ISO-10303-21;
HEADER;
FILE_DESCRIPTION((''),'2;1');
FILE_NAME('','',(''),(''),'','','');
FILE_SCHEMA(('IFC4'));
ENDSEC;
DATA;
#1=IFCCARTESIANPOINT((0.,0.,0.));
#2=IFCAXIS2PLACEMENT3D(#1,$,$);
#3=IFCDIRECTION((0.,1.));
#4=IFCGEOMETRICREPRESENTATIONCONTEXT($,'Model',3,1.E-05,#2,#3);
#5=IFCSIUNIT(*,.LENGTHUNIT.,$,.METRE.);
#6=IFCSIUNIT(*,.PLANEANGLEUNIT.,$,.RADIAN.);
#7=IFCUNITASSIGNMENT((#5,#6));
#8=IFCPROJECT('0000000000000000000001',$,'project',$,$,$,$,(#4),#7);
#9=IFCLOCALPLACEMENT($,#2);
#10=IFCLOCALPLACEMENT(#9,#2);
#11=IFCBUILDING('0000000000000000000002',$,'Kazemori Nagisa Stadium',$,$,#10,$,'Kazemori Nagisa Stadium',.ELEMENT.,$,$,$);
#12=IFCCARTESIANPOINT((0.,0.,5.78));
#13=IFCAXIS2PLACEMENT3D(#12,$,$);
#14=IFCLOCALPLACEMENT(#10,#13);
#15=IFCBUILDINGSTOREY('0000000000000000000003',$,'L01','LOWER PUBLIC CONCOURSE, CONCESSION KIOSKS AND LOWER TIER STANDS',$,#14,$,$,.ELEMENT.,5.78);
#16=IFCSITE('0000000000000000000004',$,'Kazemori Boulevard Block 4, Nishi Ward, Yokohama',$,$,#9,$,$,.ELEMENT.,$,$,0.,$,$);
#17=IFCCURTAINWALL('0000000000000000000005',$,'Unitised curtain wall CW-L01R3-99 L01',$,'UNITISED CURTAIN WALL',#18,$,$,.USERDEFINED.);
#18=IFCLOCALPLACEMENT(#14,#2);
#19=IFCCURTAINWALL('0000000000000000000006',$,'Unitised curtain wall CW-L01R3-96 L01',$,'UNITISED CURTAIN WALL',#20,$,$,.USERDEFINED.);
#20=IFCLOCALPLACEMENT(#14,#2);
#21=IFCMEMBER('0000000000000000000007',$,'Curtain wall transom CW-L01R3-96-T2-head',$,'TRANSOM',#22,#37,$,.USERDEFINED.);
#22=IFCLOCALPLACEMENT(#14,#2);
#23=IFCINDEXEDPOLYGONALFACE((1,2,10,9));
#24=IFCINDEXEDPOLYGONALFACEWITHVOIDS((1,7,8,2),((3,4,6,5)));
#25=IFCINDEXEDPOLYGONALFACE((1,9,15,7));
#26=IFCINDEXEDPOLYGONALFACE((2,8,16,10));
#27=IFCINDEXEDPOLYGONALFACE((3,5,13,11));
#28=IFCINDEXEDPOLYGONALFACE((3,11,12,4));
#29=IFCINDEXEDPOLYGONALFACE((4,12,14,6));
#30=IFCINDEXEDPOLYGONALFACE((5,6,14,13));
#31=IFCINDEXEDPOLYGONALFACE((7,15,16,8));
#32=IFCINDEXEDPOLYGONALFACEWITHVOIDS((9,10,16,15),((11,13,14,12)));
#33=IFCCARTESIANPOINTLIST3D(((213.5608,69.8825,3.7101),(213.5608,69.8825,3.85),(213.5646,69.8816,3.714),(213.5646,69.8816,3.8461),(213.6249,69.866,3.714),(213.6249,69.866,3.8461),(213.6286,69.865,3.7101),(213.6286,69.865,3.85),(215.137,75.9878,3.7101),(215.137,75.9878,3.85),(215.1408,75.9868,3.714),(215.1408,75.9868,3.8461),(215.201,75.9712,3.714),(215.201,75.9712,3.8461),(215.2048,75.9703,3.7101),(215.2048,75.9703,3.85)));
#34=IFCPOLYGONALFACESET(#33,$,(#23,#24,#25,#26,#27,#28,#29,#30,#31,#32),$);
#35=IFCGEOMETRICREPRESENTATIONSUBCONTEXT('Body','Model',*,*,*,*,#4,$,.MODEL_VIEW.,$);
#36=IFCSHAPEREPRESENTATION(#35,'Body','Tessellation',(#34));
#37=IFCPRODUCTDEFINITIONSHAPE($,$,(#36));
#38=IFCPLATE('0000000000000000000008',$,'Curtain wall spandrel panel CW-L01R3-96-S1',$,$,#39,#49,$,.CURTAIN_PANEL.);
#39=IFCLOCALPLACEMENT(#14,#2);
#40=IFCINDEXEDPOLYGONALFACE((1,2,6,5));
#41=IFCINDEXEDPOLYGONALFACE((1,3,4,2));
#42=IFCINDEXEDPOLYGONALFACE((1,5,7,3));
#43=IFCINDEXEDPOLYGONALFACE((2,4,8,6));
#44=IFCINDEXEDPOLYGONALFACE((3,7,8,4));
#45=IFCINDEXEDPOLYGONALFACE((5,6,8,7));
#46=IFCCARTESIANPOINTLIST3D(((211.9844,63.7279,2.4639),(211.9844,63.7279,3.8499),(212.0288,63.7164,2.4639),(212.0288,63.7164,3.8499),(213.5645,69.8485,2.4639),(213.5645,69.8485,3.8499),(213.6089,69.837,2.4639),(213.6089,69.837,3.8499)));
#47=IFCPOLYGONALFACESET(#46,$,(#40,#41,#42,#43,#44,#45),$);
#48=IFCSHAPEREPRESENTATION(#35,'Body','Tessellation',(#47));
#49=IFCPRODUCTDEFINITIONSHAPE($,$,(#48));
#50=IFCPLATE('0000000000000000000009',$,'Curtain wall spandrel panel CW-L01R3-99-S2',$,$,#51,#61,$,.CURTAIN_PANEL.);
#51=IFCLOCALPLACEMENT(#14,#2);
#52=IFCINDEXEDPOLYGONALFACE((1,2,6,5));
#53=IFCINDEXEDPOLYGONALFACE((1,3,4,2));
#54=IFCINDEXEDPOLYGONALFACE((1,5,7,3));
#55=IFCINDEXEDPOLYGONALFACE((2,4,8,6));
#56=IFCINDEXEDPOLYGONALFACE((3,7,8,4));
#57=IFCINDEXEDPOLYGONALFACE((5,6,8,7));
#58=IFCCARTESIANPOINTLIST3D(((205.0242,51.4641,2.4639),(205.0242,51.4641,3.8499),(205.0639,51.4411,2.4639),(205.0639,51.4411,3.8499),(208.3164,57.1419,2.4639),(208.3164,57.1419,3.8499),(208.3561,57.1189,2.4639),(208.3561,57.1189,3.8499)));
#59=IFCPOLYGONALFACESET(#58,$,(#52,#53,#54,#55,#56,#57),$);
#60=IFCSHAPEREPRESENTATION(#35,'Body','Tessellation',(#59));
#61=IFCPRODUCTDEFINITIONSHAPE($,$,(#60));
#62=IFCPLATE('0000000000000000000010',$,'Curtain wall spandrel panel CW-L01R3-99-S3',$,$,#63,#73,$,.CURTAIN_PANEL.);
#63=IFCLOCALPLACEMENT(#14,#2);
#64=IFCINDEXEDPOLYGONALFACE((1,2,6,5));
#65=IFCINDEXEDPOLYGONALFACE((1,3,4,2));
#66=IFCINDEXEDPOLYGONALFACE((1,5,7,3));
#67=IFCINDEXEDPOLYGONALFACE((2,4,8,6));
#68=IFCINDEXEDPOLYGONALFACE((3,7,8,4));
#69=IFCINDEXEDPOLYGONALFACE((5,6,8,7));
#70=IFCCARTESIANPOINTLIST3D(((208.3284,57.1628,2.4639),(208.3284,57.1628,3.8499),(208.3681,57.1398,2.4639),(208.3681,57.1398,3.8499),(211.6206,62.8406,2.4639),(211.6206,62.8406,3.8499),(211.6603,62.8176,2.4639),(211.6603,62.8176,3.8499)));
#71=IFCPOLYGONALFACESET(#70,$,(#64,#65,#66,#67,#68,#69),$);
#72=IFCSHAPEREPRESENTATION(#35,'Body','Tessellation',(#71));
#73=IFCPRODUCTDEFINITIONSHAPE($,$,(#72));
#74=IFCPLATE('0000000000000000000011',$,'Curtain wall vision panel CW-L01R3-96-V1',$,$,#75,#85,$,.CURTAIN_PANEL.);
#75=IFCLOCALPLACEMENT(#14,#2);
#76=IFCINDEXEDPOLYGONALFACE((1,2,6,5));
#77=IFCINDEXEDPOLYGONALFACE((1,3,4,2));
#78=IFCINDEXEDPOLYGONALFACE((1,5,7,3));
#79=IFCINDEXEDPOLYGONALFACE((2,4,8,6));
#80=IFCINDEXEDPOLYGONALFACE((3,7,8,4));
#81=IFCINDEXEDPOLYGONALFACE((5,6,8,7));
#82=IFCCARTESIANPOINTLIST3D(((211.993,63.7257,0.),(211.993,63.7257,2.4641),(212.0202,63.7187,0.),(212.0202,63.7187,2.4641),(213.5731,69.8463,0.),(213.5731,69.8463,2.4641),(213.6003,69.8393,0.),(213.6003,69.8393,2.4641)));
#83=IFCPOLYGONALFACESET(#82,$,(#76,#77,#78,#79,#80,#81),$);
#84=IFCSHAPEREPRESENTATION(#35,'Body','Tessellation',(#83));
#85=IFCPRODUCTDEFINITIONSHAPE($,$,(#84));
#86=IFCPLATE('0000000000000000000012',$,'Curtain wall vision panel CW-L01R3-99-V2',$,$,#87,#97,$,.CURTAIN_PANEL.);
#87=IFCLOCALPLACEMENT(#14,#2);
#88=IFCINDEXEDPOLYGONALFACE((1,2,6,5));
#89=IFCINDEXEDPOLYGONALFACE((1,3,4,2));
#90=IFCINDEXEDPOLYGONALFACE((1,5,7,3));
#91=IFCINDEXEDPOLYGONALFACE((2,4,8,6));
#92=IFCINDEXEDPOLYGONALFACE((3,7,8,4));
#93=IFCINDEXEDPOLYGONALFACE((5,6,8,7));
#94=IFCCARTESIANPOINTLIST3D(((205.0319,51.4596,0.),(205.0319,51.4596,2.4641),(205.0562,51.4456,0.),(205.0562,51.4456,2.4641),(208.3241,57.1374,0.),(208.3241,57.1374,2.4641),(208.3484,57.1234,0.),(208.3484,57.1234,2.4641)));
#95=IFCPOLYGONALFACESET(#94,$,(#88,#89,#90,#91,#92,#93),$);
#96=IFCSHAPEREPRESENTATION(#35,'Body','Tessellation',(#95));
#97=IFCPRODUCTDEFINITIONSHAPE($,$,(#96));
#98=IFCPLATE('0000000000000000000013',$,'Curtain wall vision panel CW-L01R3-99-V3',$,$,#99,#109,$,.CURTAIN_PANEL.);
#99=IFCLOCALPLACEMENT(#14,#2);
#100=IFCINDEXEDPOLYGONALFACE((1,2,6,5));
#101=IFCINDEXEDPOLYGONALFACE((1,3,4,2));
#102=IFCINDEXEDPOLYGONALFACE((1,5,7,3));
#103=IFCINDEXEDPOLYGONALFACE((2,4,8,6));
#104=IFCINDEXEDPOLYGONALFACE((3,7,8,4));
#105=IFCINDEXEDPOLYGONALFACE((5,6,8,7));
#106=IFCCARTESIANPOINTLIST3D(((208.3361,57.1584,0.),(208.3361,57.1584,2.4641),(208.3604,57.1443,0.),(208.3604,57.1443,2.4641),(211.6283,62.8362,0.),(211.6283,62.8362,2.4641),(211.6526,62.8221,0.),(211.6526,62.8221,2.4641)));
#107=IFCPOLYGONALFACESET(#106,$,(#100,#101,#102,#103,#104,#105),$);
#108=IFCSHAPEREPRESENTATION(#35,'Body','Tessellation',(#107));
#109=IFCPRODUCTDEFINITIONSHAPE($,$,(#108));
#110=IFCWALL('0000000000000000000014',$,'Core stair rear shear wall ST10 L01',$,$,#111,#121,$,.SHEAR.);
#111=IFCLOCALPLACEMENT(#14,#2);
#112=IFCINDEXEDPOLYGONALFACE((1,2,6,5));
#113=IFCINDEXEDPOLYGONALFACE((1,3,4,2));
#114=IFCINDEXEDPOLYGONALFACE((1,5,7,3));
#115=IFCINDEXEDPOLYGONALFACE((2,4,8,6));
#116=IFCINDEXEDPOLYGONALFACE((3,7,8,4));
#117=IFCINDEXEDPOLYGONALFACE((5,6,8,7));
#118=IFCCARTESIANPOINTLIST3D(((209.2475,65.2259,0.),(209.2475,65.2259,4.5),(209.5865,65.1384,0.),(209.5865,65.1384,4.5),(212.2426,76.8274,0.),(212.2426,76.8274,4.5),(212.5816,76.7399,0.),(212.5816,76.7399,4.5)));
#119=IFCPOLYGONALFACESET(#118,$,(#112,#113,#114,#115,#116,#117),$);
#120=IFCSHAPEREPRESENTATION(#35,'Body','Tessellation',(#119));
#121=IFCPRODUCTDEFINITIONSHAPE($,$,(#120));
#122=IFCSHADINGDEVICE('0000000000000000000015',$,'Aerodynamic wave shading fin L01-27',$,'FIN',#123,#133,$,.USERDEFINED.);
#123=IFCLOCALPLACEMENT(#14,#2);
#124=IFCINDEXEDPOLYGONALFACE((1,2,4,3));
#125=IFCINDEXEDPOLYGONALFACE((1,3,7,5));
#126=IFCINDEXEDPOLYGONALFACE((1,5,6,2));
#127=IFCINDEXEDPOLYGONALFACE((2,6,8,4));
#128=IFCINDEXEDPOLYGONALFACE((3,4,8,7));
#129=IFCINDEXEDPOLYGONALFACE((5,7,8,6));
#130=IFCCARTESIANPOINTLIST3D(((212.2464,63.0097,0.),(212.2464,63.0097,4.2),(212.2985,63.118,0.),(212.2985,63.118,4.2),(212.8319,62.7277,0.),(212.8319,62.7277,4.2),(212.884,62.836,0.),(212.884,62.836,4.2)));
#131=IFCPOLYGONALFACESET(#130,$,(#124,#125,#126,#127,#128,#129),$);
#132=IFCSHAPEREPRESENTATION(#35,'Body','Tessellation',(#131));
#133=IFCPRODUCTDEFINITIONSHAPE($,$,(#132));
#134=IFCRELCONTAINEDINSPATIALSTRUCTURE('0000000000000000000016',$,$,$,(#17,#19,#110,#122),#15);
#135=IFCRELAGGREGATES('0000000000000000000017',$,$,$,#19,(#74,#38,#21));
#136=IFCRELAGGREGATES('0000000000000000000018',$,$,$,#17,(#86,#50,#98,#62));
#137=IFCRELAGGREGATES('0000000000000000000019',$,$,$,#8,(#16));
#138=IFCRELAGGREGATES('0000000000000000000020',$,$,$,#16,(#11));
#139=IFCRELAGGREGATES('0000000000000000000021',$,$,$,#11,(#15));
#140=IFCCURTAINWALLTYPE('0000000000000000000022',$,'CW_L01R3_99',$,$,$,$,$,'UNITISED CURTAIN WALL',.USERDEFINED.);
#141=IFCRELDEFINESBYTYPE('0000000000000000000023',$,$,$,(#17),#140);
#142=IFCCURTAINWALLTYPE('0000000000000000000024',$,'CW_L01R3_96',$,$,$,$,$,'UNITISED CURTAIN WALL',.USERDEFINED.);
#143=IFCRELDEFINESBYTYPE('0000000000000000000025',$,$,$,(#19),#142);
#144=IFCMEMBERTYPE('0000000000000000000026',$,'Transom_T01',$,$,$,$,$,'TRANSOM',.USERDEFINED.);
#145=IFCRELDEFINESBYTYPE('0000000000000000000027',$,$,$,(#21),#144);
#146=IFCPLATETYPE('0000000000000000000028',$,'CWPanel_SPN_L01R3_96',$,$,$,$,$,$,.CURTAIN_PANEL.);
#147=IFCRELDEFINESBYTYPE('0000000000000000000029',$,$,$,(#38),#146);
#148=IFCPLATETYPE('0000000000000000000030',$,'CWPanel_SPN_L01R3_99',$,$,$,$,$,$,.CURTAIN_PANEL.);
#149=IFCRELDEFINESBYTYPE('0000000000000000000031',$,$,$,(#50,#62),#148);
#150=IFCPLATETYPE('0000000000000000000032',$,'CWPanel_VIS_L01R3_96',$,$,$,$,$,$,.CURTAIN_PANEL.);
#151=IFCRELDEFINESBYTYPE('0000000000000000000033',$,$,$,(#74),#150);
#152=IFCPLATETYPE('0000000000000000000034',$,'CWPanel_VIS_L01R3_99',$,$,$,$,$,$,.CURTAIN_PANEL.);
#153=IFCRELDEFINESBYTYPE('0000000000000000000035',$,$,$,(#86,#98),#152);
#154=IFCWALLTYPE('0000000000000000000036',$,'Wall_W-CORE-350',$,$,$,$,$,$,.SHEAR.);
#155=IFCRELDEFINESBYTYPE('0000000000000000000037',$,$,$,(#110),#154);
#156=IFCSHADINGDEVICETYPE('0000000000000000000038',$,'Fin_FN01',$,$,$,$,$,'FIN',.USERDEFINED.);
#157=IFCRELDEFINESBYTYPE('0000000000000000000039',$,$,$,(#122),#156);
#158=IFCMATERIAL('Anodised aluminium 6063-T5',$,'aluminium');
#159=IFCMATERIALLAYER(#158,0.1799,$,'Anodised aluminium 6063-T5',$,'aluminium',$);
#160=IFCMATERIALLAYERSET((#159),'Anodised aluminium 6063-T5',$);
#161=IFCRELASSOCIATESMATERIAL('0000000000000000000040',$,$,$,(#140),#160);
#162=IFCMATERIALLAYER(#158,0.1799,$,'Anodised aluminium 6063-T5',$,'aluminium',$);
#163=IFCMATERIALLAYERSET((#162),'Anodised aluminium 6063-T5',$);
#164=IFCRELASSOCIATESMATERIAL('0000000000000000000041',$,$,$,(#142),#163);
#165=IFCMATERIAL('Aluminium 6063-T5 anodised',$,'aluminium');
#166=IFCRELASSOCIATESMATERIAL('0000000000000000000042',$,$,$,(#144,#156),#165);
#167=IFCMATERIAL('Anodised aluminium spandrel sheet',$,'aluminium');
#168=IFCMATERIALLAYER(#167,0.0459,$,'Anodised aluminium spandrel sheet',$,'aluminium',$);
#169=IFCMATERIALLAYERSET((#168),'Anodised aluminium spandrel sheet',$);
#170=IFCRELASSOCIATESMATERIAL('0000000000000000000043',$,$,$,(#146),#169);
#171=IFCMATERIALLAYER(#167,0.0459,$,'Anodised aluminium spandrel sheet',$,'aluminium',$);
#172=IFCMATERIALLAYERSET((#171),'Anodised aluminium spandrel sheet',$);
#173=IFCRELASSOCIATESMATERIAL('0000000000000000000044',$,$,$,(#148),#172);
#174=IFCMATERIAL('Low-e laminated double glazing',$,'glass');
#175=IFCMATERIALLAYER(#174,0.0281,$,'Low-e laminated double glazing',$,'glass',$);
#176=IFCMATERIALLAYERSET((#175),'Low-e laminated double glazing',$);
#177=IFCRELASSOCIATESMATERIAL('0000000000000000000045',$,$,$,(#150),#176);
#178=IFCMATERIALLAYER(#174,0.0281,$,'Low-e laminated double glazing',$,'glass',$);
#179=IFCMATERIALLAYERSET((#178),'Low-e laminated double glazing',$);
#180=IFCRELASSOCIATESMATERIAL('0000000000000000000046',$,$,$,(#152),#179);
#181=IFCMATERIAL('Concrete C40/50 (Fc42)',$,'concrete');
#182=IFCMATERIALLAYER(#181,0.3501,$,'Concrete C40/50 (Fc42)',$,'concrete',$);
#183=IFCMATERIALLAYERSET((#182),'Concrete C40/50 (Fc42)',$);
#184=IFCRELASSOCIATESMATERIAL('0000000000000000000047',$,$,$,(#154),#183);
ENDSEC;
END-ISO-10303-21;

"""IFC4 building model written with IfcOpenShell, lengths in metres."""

from ifc_helpers import new_model, si_unit, direction, frame, frame_2d, origin, origin_2d, place, context, subcontext, project, spatial, rectangle, hollow_rectangle, extrude, material, layer, layer_set, material_profile, profile_set, type_object, element, aggregate, save


model = new_model("IFC4")

# Units and contexts
model_context = context("Model", 3, precision=1e-05, world=origin(), true_north=direction((0.0, 1.0)))
body_context = subcontext(model_context, "Body", "Model", "MODEL_VIEW")
ifc_project = project(units=[si_unit("LENGTHUNIT", "METRE"), si_unit("PLANEANGLEUNIT", "RADIAN")], contexts=[model_context])

# Site, building, storey
site_placement = place(None, origin())
site = spatial("IfcSite", under=ifc_project, at=site_placement, Name="Kazemori Boulevard Block 4, Nishi Ward, Yokohama", CompositionType="ELEMENT", RefElevation=0.0)
building_placement = place(site_placement, origin())
building = spatial("IfcBuilding", under=site, at=building_placement, Name="Kazemori Nagisa Stadium", LongName="Kazemori Nagisa Stadium", CompositionType="ELEMENT")
storey_placement = place(building_placement, frame((0.0, 0.0, 5.78)))
storey = spatial("IfcBuildingStorey", under=building, at=storey_placement, Name="L01", Description="LOWER PUBLIC CONCOURSE, CONCESSION KIOSKS AND LOWER TIER STANDS", CompositionType="ELEMENT", Elevation=5.78)

# Shared definitions
ifc_material_1 = material(Name="Concrete C40/50 (Fc42)", Category="concrete")

# Curtain walls
ifc_material_2 = material(Name="Anodised aluminium 6063-T5", Category="aluminium")
ifc_layer_1 = layer(ifc_material_2, 0.1799, Name="Anodised aluminium 6063-T5", Category="aluminium")
ifc_layer_set_1 = layer_set([ifc_layer_1], Name="Anodised aluminium 6063-T5")
curtain_wall_type_1 = type_object("IfcCurtainWallType", Name="CW_L01R3_99", ElementType="UNITISED CURTAIN WALL", PredefinedType="USERDEFINED", material=ifc_layer_set_1)
curtain_wall_1_placement = place(storey_placement, origin())
curtain_wall_1 = element("IfcCurtainWall", 1, at=curtain_wall_1_placement, inside=storey, type_object=curtain_wall_type_1, Name="Unitised curtain wall CW-L01R3-99 L01", ObjectType="UNITISED CURTAIN WALL", PredefinedType="USERDEFINED")
ifc_material_3 = material(Name="Aluminium 6063-T5 anodised", Category="aluminium")
ifc_layer_2 = layer(ifc_material_2, 0.1799, Name="Anodised aluminium 6063-T5", Category="aluminium")
ifc_layer_set_2 = layer_set([ifc_layer_2], Name="Anodised aluminium 6063-T5")
curtain_wall_type_2 = type_object("IfcCurtainWallType", Name="CW_L01R3_96", ElementType="UNITISED CURTAIN WALL", PredefinedType="USERDEFINED", material=ifc_layer_set_2)
curtain_wall_2_placement = place(storey_placement, origin())
curtain_wall_2 = element("IfcCurtainWall", 2, at=curtain_wall_2_placement, inside=storey, type_object=curtain_wall_type_2, Name="Unitised curtain wall CW-L01R3-96 L01", ObjectType="UNITISED CURTAIN WALL", PredefinedType="USERDEFINED")

# Member
ifc_material_profile_1 = material_profile(ifc_material_3, hollow_rectangle(XDim=0.0701, YDim=0.1399, WallThickness=0.0039, at=origin_2d()), Name="ALU-TRAN-70x140x4")
ifc_profile_set_1 = profile_set([ifc_material_profile_1], Name="Aluminium 6063-T5 anodised")
member_type_1 = type_object("IfcMemberType", Name="Transom_T01", ElementType="TRANSOM", PredefinedType="USERDEFINED", material=ifc_profile_set_1)
member_1_placement = place(storey_placement, frame((213.5947, 69.8738, 3.78), z_axis=(0.249972, 0.968253, 0.0), x_axis=(-0.968253, 0.249972, 0.0)))
member_1 = element("IfcMember", 3, at=member_1_placement, type_object=member_type_1, Name="Curtain wall transom CW-L01R3-96-T2-head", ObjectType="TRANSOM", PredefinedType="USERDEFINED", context=body_context, shape_type="SweptSolid", body=[
    extrude(hollow_rectangle(XDim=0.0701, YDim=0.1399, WallThickness=0.0039, at=origin_2d()), origin(), (0.0, 0.0, 1.0), 6.3054),
])

# Plates
ifc_material_4 = material(Name="Anodised aluminium spandrel sheet", Category="aluminium")
ifc_layer_3 = layer(ifc_material_4, 0.0459, Name="Anodised aluminium spandrel sheet", Category="aluminium")
ifc_layer_set_3 = layer_set([ifc_layer_3], Name="Anodised aluminium spandrel sheet")
plate_type_1 = type_object("IfcPlateType", Name="CWPanel_SPN_L01R3_96", PredefinedType="CURTAIN_PANEL", material=ifc_layer_set_3)
plate_1_placement = place(storey_placement, frame((212.7966, 66.7825, 2.4639), z_axis=(0.0, 0.0, 1.0), x_axis=(0.249965, 0.968255, 0.0)))
plate_1 = element("IfcPlate", 4, at=plate_1_placement, type_object=plate_type_1, Name="Curtain wall spandrel panel CW-L01R3-96-S1", PredefinedType="CURTAIN_PANEL", context=body_context, shape_type="SweptSolid", body=[
    extrude(rectangle(XDim=6.3213, YDim=0.0459, at=origin_2d()), origin(), (0.0, 0.0, 1.0), 1.386),
])
ifc_layer_4 = layer(ifc_material_4, 0.0459, Name="Anodised aluminium spandrel sheet", Category="aluminium")
ifc_layer_set_4 = layer_set([ifc_layer_4], Name="Anodised aluminium spandrel sheet")
plate_type_2 = type_object("IfcPlateType", Name="CWPanel_SPN_L01R3_99", PredefinedType="CURTAIN_PANEL", material=ifc_layer_set_4)
plate_2_placement = place(storey_placement, frame((206.6902, 54.2915, 2.4639), z_axis=(0.0, 0.0, 1.0), x_axis=(0.501612, 0.865093, 0.0)))
plate_2 = element("IfcPlate", 5, at=plate_2_placement, type_object=plate_type_2, Name="Curtain wall spandrel panel CW-L01R3-99-S2", PredefinedType="CURTAIN_PANEL", context=body_context, shape_type="SweptSolid", body=[
    extrude(rectangle(XDim=6.5632, YDim=0.0459, at=origin_2d()), origin(), (0.0, 0.0, 1.0), 1.386),
])
plate_3_placement = place(storey_placement, frame((209.9944, 59.9902, 2.4639), z_axis=(0.0, 0.0, 1.0), x_axis=(0.501612, 0.865093, 0.0)))
plate_3 = element("IfcPlate", 6, at=plate_3_placement, type_object=plate_type_2, Name="Curtain wall spandrel panel CW-L01R3-99-S3", PredefinedType="CURTAIN_PANEL", context=body_context, shape_type="SweptSolid", body=[
    extrude(rectangle(XDim=6.5632, YDim=0.0459, at=origin_2d()), origin(), (0.0, 0.0, 1.0), 1.386),
])
ifc_material_5 = material(Name="Low-e laminated double glazing", Category="glass")
ifc_layer_5 = layer(ifc_material_5, 0.0281, Name="Low-e laminated double glazing", Category="glass")
ifc_layer_set_5 = layer_set([ifc_layer_5], Name="Low-e laminated double glazing")
plate_type_3 = type_object("IfcPlateType", Name="CWPanel_VIS_L01R3_96", PredefinedType="CURTAIN_PANEL", material=ifc_layer_set_5)
plate_4_placement = place(storey_placement, frame((212.7966, 66.7825, 0.0), z_axis=(0.0, 0.0, 1.0), x_axis=(0.249965, 0.968255, 0.0)))
plate_4 = element("IfcPlate", 7, at=plate_4_placement, type_object=plate_type_3, Name="Curtain wall vision panel CW-L01R3-96-V1", PredefinedType="CURTAIN_PANEL", context=body_context, shape_type="SweptSolid", body=[
    extrude(rectangle(XDim=6.3213, YDim=0.0281, at=origin_2d()), origin(), (0.0, 0.0, 1.0), 2.4641),
])
aggregate(curtain_wall_2, [plate_4, plate_1, member_1])
ifc_layer_6 = layer(ifc_material_5, 0.0281, Name="Low-e laminated double glazing", Category="glass")
ifc_layer_set_6 = layer_set([ifc_layer_6], Name="Low-e laminated double glazing")
plate_type_4 = type_object("IfcPlateType", Name="CWPanel_VIS_L01R3_99", PredefinedType="CURTAIN_PANEL", material=ifc_layer_set_6)
plate_5_placement = place(storey_placement, frame((206.6902, 54.2915, 0.0), z_axis=(0.0, 0.0, 1.0), x_axis=(0.501612, 0.865093, 0.0)))
plate_5 = element("IfcPlate", 8, at=plate_5_placement, type_object=plate_type_4, Name="Curtain wall vision panel CW-L01R3-99-V2", PredefinedType="CURTAIN_PANEL", context=body_context, shape_type="SweptSolid", body=[
    extrude(rectangle(XDim=6.5632, YDim=0.0281, at=origin_2d()), origin(), (0.0, 0.0, 1.0), 2.4641),
])
plate_6_placement = place(storey_placement, frame((209.9944, 59.9902, 0.0), z_axis=(0.0, 0.0, 1.0), x_axis=(0.501612, 0.865093, 0.0)))
plate_6 = element("IfcPlate", 9, at=plate_6_placement, type_object=plate_type_4, Name="Curtain wall vision panel CW-L01R3-99-V3", PredefinedType="CURTAIN_PANEL", context=body_context, shape_type="SweptSolid", body=[
    extrude(rectangle(XDim=6.5632, YDim=0.0281, at=origin_2d()), origin(), (0.0, 0.0, 1.0), 2.4641),
])
aggregate(curtain_wall_1, [plate_5, plate_2, plate_6, plate_3])

# Wall
ifc_layer_7 = layer(ifc_material_1, 0.3501, Name="Concrete C40/50 (Fc42)", Category="concrete")
ifc_layer_set_7 = layer_set([ifc_layer_7], Name="Concrete C40/50 (Fc42)")
wall_type = type_object("IfcWallType", Name="Wall_W-CORE-350", PredefinedType="SHEAR", material=ifc_layer_set_7)
wall_placement = place(storey_placement, frame((209.417, 65.1821, 0.0), z_axis=(0.0, 0.0, 1.0), x_axis=(0.249969, 0.968254, 0.0)))
element("IfcWall", 10, at=wall_placement, inside=storey, type_object=wall_type, Name="Core stair rear shear wall ST10 L01", PredefinedType="SHEAR", context=body_context, shape_type="SweptSolid", body=[
    extrude(rectangle(XDim=11.9819, YDim=0.3501, at=frame_2d((5.991, 0.0))), origin(), (0.0, 0.0, 1.0), 4.5),
])

# Shading device
shading_device_type = type_object("IfcShadingDeviceType", Name="Fin_FN01", ElementType="FIN", PredefinedType="USERDEFINED", material=ifc_material_3)
shading_device_placement = place(storey_placement, frame((212.5652, 62.9229, 0.0), z_axis=(0.0, 0.0, 1.0), x_axis=(0.900969, -0.433884, 0.0)))
element("IfcShadingDevice", 11, at=shading_device_placement, inside=storey, type_object=shading_device_type, Name="Aerodynamic wave shading fin L01-27", ObjectType="FIN", PredefinedType="USERDEFINED", context=body_context, shape_type="SweptSolid", body=[
    extrude(rectangle(XDim=0.6499, YDim=0.1201, at=origin_2d()), origin(), (0.0, 0.0, 1.0), 4.2),
])

save(model, "model.ifc")
